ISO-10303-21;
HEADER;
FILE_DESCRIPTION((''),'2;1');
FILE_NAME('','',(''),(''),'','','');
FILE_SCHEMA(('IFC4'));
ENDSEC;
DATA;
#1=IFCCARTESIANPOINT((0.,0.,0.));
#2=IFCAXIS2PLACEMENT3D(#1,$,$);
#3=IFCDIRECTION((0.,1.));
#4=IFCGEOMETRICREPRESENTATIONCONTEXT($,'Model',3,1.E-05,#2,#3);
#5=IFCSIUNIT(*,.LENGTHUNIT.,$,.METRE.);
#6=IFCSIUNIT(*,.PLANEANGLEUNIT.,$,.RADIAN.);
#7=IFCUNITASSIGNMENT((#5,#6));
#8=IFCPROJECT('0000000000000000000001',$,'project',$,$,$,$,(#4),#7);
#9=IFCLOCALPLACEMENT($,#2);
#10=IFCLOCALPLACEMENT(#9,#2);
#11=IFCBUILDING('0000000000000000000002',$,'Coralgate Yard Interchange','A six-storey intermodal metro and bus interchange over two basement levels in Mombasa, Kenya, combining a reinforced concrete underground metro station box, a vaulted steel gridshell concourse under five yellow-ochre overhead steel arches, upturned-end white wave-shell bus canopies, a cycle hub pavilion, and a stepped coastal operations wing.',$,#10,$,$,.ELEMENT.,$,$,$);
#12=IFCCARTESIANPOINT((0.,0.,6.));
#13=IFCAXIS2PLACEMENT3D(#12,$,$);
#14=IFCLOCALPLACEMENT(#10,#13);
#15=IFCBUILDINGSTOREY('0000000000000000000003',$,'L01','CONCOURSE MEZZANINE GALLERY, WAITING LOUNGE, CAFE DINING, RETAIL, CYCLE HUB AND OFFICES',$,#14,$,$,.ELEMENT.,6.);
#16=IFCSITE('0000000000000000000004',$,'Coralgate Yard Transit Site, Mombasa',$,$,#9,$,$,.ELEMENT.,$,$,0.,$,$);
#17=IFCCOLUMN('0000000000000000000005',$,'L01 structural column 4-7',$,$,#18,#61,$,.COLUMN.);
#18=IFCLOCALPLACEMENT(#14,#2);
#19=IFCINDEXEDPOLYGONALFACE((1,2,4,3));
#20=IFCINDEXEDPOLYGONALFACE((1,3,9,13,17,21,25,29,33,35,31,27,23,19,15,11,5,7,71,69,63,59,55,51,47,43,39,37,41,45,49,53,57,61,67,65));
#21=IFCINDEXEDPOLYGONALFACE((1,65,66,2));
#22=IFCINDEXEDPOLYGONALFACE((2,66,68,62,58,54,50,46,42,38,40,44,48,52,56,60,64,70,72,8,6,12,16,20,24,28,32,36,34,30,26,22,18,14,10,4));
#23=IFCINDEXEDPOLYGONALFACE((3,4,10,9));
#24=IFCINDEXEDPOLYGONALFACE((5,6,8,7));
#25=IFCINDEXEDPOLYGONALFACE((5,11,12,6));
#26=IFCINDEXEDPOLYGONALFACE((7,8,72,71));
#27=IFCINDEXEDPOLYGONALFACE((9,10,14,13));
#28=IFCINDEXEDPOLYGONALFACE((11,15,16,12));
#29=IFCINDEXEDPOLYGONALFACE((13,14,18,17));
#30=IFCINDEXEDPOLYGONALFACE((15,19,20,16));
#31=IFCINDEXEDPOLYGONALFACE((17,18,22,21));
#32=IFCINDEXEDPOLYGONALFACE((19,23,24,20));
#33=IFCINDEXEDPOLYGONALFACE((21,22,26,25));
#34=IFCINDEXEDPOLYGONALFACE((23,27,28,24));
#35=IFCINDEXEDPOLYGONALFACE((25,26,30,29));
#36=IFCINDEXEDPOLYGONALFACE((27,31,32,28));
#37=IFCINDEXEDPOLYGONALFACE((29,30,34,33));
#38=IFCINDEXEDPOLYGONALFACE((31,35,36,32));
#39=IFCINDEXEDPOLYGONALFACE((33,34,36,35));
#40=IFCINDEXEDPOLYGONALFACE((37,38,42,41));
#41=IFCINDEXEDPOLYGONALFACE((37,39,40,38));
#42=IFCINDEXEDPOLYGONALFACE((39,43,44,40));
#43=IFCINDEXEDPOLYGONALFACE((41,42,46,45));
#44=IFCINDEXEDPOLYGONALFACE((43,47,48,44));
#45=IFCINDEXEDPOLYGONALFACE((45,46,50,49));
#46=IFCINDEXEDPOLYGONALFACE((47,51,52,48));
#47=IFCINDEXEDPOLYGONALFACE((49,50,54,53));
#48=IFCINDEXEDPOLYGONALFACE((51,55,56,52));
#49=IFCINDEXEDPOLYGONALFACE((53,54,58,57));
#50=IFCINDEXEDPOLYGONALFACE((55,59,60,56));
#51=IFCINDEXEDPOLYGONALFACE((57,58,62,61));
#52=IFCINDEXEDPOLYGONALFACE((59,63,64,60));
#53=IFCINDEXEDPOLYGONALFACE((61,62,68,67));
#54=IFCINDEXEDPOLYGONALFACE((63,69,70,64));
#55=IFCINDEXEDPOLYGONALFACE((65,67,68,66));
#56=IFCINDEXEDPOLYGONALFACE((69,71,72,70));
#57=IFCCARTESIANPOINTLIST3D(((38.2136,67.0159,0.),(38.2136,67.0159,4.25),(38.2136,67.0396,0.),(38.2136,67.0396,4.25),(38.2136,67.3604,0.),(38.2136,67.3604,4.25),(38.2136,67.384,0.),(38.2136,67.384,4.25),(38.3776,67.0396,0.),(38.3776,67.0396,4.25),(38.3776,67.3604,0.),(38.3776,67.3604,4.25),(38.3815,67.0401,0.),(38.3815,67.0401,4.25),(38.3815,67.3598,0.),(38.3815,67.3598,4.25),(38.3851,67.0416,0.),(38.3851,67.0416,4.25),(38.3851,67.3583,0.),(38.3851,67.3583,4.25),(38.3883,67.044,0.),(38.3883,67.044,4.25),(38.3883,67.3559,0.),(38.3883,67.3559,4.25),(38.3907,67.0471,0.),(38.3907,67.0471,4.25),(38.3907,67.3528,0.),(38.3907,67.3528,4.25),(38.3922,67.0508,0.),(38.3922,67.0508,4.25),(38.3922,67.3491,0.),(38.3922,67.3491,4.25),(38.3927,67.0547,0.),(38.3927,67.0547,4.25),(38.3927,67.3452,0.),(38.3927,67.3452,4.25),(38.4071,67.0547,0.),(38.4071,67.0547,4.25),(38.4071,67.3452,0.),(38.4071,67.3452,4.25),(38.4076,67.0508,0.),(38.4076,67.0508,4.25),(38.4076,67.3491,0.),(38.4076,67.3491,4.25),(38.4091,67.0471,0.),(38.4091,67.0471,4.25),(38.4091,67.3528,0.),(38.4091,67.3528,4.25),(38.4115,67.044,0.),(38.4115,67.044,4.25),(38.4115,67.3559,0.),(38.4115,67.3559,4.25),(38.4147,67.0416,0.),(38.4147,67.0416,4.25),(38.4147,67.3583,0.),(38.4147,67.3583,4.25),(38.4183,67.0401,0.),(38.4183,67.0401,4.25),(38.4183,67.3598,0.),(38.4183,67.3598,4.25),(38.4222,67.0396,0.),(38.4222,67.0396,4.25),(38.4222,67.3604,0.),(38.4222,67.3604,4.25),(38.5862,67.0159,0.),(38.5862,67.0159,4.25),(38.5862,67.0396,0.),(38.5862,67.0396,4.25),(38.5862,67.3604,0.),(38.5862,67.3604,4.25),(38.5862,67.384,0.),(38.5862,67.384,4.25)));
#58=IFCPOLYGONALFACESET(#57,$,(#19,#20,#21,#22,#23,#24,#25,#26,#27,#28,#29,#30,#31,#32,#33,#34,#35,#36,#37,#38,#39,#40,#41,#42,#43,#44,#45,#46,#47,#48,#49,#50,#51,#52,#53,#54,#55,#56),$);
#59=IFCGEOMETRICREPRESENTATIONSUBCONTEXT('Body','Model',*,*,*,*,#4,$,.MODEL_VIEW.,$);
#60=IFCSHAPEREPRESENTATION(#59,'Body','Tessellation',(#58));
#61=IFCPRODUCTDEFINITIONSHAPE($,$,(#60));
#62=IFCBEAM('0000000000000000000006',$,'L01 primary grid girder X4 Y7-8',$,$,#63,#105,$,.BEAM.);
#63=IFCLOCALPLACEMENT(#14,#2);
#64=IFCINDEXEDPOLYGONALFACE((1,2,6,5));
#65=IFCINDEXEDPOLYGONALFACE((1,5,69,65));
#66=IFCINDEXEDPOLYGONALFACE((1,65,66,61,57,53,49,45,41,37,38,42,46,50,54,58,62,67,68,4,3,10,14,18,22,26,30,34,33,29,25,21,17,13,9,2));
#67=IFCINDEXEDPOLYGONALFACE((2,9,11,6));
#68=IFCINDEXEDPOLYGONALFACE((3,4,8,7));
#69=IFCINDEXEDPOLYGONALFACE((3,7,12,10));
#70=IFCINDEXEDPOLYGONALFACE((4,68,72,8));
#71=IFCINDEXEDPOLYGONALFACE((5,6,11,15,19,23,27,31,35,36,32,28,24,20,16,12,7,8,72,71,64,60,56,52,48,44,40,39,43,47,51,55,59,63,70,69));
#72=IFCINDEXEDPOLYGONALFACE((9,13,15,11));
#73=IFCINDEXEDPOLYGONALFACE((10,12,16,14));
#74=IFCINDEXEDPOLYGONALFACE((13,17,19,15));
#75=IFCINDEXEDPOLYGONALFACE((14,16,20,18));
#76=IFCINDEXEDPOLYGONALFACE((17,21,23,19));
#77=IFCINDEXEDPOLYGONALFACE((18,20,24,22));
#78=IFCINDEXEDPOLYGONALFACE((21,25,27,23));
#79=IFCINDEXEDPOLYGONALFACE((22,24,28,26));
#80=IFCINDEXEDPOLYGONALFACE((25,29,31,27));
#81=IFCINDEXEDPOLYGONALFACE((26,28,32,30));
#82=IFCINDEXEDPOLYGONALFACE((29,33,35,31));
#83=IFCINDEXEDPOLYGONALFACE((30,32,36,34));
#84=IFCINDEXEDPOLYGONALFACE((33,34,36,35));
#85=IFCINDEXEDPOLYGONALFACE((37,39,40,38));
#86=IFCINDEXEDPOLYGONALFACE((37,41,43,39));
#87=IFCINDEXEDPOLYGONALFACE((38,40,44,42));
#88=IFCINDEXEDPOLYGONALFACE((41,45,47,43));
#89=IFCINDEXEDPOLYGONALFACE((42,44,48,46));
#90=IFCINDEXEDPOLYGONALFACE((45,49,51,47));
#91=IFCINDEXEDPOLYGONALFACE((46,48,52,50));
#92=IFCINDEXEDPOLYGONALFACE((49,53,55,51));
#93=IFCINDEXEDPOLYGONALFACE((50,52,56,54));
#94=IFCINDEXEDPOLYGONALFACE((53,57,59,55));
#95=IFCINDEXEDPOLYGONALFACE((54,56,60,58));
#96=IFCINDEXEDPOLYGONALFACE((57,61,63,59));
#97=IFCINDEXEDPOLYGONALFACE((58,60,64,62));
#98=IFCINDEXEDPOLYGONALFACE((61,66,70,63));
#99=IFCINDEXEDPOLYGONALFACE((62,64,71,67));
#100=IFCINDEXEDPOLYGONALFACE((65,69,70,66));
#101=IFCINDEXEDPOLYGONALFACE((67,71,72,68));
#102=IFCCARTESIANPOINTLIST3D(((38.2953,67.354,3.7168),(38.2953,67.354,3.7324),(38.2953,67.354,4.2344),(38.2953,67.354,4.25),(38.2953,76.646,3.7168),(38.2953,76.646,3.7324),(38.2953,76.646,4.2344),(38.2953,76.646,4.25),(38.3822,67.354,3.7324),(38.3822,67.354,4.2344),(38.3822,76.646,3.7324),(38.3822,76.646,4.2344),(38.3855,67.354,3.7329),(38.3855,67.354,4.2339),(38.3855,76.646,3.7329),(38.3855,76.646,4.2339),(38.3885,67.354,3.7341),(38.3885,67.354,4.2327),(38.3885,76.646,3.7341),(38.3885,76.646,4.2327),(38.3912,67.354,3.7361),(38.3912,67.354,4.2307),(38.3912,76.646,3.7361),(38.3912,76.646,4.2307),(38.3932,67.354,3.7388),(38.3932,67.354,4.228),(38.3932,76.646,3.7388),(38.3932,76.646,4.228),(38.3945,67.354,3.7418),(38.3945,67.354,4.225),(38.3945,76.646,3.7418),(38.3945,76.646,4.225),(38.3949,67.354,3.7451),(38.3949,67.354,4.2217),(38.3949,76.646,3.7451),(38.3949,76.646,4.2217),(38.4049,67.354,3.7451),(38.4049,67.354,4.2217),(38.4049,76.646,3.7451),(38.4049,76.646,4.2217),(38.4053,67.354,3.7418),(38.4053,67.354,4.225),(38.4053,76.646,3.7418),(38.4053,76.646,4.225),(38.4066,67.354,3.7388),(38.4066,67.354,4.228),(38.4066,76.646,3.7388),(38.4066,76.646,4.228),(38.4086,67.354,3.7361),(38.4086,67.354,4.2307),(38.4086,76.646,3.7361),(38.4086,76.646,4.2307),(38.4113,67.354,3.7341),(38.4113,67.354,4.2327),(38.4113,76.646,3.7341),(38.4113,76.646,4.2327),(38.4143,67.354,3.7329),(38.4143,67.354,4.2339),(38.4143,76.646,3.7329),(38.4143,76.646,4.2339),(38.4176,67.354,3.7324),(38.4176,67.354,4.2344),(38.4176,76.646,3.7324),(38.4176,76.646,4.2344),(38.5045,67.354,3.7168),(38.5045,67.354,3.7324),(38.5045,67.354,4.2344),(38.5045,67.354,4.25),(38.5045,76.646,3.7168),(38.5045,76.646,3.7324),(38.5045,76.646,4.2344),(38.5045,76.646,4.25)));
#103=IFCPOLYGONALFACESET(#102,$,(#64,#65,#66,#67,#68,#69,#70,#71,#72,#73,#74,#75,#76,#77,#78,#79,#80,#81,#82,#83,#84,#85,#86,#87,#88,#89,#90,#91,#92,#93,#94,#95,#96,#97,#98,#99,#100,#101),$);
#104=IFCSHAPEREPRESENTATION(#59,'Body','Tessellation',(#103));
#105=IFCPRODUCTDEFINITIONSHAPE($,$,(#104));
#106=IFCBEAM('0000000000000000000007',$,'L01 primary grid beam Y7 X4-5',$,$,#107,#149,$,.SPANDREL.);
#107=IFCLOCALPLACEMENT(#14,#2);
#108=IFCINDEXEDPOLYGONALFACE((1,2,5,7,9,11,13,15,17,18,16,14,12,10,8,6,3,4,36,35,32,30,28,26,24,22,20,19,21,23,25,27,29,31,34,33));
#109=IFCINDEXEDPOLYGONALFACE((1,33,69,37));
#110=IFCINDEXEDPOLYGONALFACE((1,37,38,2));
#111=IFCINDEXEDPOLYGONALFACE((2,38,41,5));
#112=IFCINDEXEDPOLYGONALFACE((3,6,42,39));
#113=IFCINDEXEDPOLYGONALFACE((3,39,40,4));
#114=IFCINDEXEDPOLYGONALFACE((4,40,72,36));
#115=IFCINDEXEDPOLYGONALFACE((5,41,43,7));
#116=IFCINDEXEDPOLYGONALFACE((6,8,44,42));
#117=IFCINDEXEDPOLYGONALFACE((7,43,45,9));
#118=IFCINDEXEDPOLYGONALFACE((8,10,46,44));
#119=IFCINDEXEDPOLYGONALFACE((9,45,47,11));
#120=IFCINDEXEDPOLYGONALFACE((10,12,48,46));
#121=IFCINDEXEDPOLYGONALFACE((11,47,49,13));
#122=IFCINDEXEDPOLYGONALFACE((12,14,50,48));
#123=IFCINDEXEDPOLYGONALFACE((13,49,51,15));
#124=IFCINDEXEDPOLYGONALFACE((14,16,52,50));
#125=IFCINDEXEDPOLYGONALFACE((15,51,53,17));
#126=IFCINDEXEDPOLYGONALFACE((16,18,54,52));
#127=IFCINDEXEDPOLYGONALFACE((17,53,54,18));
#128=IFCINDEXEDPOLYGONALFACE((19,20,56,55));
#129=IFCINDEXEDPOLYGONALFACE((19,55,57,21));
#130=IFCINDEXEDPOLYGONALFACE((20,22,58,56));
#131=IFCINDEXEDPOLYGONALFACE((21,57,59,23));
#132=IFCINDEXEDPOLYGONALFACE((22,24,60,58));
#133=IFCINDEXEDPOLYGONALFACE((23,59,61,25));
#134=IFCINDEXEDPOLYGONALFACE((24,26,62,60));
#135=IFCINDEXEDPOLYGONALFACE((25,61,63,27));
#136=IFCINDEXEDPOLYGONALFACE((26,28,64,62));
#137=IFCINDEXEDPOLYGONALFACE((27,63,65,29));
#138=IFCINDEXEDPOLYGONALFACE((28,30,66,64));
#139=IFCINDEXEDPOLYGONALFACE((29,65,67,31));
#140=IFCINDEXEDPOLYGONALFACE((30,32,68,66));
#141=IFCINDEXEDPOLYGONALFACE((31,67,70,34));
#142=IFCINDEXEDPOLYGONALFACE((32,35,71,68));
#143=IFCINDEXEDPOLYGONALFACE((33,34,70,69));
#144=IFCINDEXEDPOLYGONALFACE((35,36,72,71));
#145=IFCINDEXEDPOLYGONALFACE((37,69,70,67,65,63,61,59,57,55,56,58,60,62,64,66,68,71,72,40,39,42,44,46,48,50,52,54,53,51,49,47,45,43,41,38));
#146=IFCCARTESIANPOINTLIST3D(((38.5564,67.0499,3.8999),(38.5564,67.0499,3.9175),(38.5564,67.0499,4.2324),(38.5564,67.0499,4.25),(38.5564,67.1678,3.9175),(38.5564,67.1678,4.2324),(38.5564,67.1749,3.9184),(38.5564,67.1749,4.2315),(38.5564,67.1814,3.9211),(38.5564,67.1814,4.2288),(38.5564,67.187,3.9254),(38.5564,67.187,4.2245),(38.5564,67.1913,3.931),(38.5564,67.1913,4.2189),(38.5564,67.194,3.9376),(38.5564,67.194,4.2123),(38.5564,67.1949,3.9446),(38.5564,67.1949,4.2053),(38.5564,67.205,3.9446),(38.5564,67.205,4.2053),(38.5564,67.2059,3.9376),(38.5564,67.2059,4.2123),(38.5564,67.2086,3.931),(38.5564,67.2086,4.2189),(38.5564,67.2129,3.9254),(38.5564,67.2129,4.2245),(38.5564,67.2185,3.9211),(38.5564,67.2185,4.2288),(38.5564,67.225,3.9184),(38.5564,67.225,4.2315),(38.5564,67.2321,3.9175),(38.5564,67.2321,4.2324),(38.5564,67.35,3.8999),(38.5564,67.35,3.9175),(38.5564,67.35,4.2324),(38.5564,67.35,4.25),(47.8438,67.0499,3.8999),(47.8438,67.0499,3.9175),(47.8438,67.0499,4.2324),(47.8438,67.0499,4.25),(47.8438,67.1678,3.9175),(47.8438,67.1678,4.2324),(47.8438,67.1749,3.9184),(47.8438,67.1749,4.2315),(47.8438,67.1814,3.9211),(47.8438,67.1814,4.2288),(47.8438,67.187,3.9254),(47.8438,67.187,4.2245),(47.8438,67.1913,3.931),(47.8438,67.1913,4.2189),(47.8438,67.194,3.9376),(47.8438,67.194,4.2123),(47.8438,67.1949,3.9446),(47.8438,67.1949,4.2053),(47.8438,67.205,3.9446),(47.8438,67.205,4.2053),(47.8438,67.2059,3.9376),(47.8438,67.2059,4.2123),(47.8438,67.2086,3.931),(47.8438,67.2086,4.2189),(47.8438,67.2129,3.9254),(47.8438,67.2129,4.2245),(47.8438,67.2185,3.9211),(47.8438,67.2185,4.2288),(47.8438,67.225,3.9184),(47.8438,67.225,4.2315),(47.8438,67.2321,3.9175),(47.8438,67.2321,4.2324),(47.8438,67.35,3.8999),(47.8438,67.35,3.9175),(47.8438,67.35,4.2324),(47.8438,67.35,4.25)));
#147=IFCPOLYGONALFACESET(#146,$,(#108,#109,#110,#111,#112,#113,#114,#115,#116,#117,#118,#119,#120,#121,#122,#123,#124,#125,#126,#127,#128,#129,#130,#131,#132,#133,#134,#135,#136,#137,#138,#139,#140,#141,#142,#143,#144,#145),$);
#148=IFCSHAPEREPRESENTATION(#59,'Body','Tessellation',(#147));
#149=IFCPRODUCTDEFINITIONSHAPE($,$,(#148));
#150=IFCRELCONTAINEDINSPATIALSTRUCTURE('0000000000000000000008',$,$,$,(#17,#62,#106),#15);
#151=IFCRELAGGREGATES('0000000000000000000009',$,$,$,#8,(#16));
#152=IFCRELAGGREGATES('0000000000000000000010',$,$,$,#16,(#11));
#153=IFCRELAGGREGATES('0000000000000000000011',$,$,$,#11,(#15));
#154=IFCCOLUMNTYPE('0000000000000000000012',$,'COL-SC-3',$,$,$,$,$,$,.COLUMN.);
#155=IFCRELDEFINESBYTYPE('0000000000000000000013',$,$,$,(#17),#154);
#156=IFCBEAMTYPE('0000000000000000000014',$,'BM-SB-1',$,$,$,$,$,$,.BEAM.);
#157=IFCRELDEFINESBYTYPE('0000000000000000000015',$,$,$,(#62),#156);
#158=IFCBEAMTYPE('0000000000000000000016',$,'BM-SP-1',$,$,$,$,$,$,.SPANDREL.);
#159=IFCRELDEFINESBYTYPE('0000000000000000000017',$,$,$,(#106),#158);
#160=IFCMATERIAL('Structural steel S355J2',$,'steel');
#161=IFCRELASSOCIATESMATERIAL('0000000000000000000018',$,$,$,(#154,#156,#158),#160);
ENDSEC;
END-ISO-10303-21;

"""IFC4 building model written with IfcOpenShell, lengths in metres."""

from ifc_helpers import new_model, si_unit, direction, frame, origin, origin_2d, place, context, subcontext, project, spatial, i_section, extrude, material, material_profile, profile_set, type_object, element, save


model = new_model("IFC4")

# Units and contexts
model_context = context("Model", 3, precision=1e-05, world=origin(), true_north=direction((0.0, 1.0)))
body_context = subcontext(model_context, "Body", "Model", "MODEL_VIEW")
ifc_project = project(units=[si_unit("LENGTHUNIT", "METRE"), si_unit("PLANEANGLEUNIT", "RADIAN")], contexts=[model_context])

# Site, building, storey
site_placement = place(None, origin())
site = spatial("IfcSite", under=ifc_project, at=site_placement, Name="Coralgate Yard Transit Site, Mombasa", CompositionType="ELEMENT", RefElevation=0.0)
building_placement = place(site_placement, origin())
building = spatial("IfcBuilding", under=site, at=building_placement, Name="Coralgate Yard Interchange", Description="A six-storey intermodal metro and bus interchange over two basement levels in Mombasa, Kenya, combining a reinforced concrete underground metro station box, a vaulted steel gridshell concourse under five yellow-ochre overhead steel arches, upturned-end white wave-shell bus canopies, a cycle hub pavilion, and a stepped coastal operations wing.", CompositionType="ELEMENT")
storey_placement = place(building_placement, frame((0.0, 0.0, 6.0)))
storey = spatial("IfcBuildingStorey", under=building, at=storey_placement, Name="L01", Description="CONCOURSE MEZZANINE GALLERY, WAITING LOUNGE, CAFE DINING, RETAIL, CYCLE HUB AND OFFICES", CompositionType="ELEMENT", Elevation=6.0)

# Column
ifc_material_1 = material(Name="Structural steel S355J2", Category="steel")
ifc_material_profile_1 = material_profile(ifc_material_1, i_section(OverallWidth=0.3726, OverallDepth=0.3682, WebThickness=0.0144, FlangeThickness=0.0237, FilletRadius=0.0151, at=origin_2d()), Name="UC 356x368x177")
ifc_profile_set_1 = profile_set([ifc_material_profile_1], Name="Structural steel S355J2")
column_type = type_object("IfcColumnType", Name="COL-SC-3", PredefinedType="COLUMN", material=ifc_profile_set_1)
column_placement = place(storey_placement, frame((38.3999, 67.2, 0.0), z_axis=(0.0, 0.0, 1.0), x_axis=(1.0, 0.0, 0.0)))
element("IfcColumn", 1, at=column_placement, inside=storey, type_object=column_type, Name="L01 structural column 4-7", PredefinedType="COLUMN", context=body_context, shape_type="SweptSolid", body=[
    extrude(i_section(OverallWidth=0.3726, OverallDepth=0.3682, WebThickness=0.0144, FlangeThickness=0.0237, FilletRadius=0.0151, at=origin_2d()), origin(), (0.0, 0.0, 1.0), 4.25),
])

# Beams
ifc_material_profile_2 = material_profile(ifc_material_1, i_section(OverallWidth=0.2092, OverallDepth=0.5332, WebThickness=0.01, FlangeThickness=0.0156, FilletRadius=0.0127, at=origin_2d()), Name="UB 533x210x92")
ifc_profile_set_2 = profile_set([ifc_material_profile_2], Name="Structural steel S355J2")
beam_type_1 = type_object("IfcBeamType", Name="BM-SB-1", PredefinedType="BEAM", material=ifc_profile_set_2)
beam_1_placement = place(storey_placement, frame((38.3999, 67.354, 3.9834), z_axis=(0.0, 1.0, 0.0), x_axis=(-1.0, 0.0, 0.0)))
element("IfcBeam", 2, at=beam_1_placement, inside=storey, type_object=beam_type_1, Name="L01 primary grid girder X4 Y7-8", PredefinedType="BEAM", context=body_context, shape_type="SweptSolid", body=[
    extrude(i_section(OverallWidth=0.2092, OverallDepth=0.5332, WebThickness=0.01, FlangeThickness=0.0156, FilletRadius=0.0127, at=origin_2d()), origin(), (0.0, 0.0, 1.0), 9.292),
])
ifc_material_profile_3 = material_profile(ifc_material_1, i_section(OverallWidth=0.3, OverallDepth=0.3501, WebThickness=0.01, FlangeThickness=0.0176, FilletRadius=0.0271, at=origin_2d()), Name="HEA 360")
ifc_profile_set_3 = profile_set([ifc_material_profile_3], Name="Structural steel S355J2")
beam_type_2 = type_object("IfcBeamType", Name="BM-SP-1", PredefinedType="SPANDREL", material=ifc_profile_set_3)
beam_2_placement = place(storey_placement, frame((38.5564, 67.2, 4.075), z_axis=(1.0, 0.0, 0.0), x_axis=(0.0, 1.0, 0.0)))
element("IfcBeam", 3, at=beam_2_placement, inside=storey, type_object=beam_type_2, Name="L01 primary grid beam Y7 X4-5", PredefinedType="SPANDREL", context=body_context, shape_type="SweptSolid", body=[
    extrude(i_section(OverallWidth=0.3, OverallDepth=0.3501, WebThickness=0.01, FlangeThickness=0.0176, FilletRadius=0.0271, at=origin_2d()), origin(), (0.0, 0.0, 1.0), 9.2874),
])

save(model, "model.ifc")
